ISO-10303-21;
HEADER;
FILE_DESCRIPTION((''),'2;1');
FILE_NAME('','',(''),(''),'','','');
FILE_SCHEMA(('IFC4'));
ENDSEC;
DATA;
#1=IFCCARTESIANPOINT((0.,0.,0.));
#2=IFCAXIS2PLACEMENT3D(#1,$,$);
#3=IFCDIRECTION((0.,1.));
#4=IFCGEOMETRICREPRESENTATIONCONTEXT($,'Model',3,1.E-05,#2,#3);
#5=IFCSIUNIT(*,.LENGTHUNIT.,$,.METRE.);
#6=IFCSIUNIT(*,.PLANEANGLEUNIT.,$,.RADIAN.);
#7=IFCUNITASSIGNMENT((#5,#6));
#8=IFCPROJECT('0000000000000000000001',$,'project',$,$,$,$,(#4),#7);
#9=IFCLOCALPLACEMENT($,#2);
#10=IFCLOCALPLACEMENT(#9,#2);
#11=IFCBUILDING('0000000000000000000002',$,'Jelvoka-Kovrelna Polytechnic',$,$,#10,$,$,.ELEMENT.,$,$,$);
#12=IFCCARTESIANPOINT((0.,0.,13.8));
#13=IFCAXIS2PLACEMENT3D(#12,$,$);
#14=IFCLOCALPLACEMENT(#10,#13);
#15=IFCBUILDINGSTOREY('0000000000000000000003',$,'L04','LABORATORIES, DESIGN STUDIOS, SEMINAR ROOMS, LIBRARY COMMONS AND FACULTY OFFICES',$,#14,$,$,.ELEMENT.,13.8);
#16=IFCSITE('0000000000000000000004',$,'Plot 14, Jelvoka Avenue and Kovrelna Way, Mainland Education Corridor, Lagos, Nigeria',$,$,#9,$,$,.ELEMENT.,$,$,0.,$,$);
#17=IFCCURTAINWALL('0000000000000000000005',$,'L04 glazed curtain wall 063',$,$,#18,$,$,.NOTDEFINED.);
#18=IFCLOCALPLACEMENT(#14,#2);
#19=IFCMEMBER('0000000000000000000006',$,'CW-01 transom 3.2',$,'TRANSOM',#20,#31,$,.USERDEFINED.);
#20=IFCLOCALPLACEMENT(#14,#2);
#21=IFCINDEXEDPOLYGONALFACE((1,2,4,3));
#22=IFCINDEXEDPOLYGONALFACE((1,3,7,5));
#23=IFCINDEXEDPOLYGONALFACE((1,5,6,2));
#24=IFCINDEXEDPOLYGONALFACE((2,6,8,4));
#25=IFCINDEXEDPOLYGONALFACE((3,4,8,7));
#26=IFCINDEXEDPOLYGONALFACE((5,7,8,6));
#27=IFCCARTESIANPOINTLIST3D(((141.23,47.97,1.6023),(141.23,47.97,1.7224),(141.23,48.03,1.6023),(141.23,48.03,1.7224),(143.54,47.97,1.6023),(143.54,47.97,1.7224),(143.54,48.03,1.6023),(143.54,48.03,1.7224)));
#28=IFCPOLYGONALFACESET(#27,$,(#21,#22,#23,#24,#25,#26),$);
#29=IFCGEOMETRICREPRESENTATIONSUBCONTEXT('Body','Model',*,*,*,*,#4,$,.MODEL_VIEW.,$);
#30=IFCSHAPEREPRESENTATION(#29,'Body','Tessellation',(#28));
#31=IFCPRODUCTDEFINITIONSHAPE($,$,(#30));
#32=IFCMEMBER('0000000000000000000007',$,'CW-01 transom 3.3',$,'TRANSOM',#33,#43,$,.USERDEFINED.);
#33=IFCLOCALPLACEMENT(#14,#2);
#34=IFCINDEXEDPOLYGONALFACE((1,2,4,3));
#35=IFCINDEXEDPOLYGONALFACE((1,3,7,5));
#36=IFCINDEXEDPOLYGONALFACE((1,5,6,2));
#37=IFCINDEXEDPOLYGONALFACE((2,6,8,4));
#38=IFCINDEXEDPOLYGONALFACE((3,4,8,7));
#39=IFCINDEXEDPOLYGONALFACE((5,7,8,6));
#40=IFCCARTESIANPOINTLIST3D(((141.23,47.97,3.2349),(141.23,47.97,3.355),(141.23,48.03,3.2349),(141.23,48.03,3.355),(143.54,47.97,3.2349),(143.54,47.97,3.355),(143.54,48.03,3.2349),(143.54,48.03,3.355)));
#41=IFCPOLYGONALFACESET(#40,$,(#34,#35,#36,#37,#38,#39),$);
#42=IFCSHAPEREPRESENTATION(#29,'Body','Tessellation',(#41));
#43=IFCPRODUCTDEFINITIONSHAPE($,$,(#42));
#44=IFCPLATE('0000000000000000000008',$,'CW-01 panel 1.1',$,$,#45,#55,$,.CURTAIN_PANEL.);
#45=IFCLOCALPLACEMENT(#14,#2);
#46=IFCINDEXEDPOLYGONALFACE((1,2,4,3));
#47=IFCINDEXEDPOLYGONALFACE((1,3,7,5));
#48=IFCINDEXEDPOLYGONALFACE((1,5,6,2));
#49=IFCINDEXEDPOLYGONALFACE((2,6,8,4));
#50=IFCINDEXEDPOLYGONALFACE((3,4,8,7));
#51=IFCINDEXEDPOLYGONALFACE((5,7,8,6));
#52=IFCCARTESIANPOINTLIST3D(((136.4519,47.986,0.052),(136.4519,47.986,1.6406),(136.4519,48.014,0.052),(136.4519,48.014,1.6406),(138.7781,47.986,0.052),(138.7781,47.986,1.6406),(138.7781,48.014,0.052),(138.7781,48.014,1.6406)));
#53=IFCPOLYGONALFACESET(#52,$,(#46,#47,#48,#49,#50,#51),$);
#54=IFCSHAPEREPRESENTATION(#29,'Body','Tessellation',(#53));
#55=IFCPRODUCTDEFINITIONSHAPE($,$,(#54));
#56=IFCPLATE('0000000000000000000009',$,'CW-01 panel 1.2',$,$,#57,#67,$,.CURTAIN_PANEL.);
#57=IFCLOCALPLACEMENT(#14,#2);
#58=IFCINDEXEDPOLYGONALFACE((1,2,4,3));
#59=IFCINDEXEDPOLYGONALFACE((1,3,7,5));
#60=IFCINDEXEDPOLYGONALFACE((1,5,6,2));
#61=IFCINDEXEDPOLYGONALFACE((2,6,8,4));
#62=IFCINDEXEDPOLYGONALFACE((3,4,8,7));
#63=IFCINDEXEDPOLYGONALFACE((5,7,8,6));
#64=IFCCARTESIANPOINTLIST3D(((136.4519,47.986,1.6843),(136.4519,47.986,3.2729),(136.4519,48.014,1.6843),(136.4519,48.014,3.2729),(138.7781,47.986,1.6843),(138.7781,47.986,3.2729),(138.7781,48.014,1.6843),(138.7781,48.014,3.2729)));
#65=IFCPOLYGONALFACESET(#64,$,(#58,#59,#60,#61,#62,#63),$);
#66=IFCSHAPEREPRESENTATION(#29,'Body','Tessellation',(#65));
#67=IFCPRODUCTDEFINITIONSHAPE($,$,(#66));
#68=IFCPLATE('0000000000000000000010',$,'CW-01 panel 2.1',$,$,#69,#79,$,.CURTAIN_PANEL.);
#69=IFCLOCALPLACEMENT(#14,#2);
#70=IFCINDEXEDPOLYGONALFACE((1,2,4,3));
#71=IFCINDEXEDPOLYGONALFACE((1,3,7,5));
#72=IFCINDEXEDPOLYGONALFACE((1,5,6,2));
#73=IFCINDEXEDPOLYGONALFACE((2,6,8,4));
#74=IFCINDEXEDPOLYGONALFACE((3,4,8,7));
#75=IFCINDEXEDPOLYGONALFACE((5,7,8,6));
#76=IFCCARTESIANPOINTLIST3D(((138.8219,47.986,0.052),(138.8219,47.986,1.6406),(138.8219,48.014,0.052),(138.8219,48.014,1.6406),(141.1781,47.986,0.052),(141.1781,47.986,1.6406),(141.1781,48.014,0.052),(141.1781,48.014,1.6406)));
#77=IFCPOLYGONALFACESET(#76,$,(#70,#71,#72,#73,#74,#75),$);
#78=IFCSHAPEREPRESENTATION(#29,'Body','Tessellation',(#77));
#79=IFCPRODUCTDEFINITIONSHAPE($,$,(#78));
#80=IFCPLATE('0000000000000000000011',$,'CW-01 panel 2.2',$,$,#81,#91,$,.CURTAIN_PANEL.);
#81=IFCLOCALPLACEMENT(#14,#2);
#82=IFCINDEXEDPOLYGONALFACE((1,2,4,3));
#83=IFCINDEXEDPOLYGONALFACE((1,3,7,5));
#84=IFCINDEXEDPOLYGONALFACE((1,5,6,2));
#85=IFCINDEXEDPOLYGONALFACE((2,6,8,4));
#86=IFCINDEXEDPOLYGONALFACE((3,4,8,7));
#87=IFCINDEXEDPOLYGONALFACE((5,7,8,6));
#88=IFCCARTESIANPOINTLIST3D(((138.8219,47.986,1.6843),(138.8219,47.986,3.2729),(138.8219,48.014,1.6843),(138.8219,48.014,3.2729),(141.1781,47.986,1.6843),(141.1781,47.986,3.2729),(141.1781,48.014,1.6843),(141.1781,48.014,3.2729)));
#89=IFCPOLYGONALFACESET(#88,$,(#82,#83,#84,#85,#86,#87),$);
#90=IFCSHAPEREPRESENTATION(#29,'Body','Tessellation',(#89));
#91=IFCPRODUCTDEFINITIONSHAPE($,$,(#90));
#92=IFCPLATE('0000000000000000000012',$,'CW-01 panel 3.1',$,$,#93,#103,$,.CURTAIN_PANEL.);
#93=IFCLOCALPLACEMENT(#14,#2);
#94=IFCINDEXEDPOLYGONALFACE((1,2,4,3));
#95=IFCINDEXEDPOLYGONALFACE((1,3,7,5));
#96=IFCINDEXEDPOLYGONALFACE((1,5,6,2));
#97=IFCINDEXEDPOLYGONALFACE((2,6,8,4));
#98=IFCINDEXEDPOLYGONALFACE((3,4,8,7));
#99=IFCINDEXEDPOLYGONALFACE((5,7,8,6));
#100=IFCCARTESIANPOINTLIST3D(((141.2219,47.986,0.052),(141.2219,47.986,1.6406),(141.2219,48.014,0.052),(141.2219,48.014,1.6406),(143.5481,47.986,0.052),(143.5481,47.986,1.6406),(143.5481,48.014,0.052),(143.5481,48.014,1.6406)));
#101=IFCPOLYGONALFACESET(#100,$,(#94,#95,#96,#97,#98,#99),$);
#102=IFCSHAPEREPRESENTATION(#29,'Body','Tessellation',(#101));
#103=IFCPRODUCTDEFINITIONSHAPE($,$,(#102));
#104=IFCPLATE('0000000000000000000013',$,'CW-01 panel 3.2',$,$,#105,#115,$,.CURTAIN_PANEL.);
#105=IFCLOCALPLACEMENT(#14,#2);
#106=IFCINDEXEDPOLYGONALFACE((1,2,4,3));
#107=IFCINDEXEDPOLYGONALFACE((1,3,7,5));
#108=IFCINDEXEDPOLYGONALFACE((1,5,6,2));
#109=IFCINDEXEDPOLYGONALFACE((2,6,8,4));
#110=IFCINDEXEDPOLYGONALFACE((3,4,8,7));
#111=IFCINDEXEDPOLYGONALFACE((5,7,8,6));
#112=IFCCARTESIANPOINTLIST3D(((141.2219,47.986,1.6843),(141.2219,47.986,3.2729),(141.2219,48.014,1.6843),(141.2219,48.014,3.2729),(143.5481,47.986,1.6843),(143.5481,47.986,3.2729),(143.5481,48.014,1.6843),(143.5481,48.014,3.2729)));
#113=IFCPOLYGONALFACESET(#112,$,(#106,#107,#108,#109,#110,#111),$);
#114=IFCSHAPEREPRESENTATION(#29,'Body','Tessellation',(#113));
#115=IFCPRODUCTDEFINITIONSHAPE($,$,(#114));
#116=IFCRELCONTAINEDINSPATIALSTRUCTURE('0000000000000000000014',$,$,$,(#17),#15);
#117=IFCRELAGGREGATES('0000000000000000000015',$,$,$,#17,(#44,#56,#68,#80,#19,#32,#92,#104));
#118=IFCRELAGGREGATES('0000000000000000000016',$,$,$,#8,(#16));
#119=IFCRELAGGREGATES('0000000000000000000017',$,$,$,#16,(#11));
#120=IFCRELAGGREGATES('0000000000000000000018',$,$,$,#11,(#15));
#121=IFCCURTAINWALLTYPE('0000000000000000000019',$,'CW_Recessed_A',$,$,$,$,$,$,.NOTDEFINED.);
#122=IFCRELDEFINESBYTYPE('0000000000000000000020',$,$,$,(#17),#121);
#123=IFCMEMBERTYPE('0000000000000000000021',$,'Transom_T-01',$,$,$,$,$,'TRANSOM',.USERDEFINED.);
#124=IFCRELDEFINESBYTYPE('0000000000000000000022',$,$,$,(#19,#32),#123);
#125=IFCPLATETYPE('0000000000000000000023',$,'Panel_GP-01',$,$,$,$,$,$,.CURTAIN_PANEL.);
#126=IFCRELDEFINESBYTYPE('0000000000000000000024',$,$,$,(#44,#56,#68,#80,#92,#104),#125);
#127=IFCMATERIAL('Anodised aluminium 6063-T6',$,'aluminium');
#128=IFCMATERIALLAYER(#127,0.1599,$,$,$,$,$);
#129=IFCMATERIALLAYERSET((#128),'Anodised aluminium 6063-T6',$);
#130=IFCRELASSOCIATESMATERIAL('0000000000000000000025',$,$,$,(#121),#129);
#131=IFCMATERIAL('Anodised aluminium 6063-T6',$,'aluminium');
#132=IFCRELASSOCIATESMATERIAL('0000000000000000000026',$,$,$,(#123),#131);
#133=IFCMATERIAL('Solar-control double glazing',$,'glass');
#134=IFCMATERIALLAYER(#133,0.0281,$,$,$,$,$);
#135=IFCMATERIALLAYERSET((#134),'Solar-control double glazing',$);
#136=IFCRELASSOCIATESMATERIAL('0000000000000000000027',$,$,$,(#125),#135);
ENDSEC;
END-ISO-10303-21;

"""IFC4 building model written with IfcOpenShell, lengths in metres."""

from ifc_helpers import new_model, si_unit, direction, frame, origin, origin_2d, place, context, subcontext, project, spatial, rectangle, extrude, material, layer, layer_set, material_profile, profile_set, type_object, element, aggregate, save


model = new_model("IFC4")

# Units and contexts
model_context = context("Model", 3, precision=1e-05, world=origin(), true_north=direction((0.0, 1.0)))
body_context = subcontext(model_context, "Body", "Model", "MODEL_VIEW")
ifc_project = project(units=[si_unit("LENGTHUNIT", "METRE"), si_unit("PLANEANGLEUNIT", "RADIAN")], contexts=[model_context])

# Site, building, storey
site_placement = place(None, origin())
site = spatial("IfcSite", under=ifc_project, at=site_placement, Name="Plot 14, Jelvoka Avenue and Kovrelna Way, Mainland Education Corridor, Lagos, Nigeria", CompositionType="ELEMENT", RefElevation=0.0)
building_placement = place(site_placement, origin())
building = spatial("IfcBuilding", under=site, at=building_placement, Name="Jelvoka-Kovrelna Polytechnic", CompositionType="ELEMENT")
storey_placement = place(building_placement, frame((0.0, 0.0, 13.8)))
storey = spatial("IfcBuildingStorey", under=building, at=storey_placement, Name="L04", Description="LABORATORIES, DESIGN STUDIOS, SEMINAR ROOMS, LIBRARY COMMONS AND FACULTY OFFICES", CompositionType="ELEMENT", Elevation=13.8)

# Curtain wall
ifc_material_1 = material(Name="Anodised aluminium 6063-T6", Category="aluminium")
ifc_layer_1 = layer(ifc_material_1, 0.1599)
ifc_layer_set_1 = layer_set([ifc_layer_1], Name="Anodised aluminium 6063-T6")
curtain_wall_type_1 = type_object("IfcCurtainWallType", Name="CW_Recessed_A", PredefinedType="NOTDEFINED", material=ifc_layer_set_1)
curtain_wall_1_placement = place(storey_placement, origin())
curtain_wall_1 = element("IfcCurtainWall", 1, at=curtain_wall_1_placement, inside=storey, type_object=curtain_wall_type_1, Name="L04 glazed curtain wall 063", PredefinedType="NOTDEFINED")

# Members
ifc_material_2 = material(Name="Anodised aluminium 6063-T6", Category="aluminium")
ifc_material_profile_1 = material_profile(ifc_material_2, rectangle(XDim=0.0601, YDim=0.1201, at=origin_2d()), Name="ALU 60x120")
ifc_profile_set_1 = profile_set([ifc_material_profile_1], Name="Anodised aluminium 6063-T6")
member_type_1 = type_object("IfcMemberType", Name="Transom_T-01", ElementType="TRANSOM", PredefinedType="USERDEFINED", material=ifc_profile_set_1)
member_1_placement = place(storey_placement, frame((141.23, 48.0, 1.6624), z_axis=(1.0, 0.0, 0.0), x_axis=(0.0, 1.0, 0.0)))
member_1 = element("IfcMember", 2, at=member_1_placement, type_object=member_type_1, Name="CW-01 transom 3.2", ObjectType="TRANSOM", PredefinedType="USERDEFINED", context=body_context, shape_type="SweptSolid", body=[
    extrude(rectangle(XDim=0.0601, YDim=0.1201, at=origin_2d()), origin(), (0.0, 0.0, 1.0), 2.3101),
])
member_2_placement = place(storey_placement, frame((141.23, 48.0, 3.2949), z_axis=(1.0, 0.0, 0.0), x_axis=(0.0, 1.0, 0.0)))
member_2 = element("IfcMember", 3, at=member_2_placement, type_object=member_type_1, Name="CW-01 transom 3.3", ObjectType="TRANSOM", PredefinedType="USERDEFINED", context=body_context, shape_type="SweptSolid", body=[
    extrude(rectangle(XDim=0.0601, YDim=0.1201, at=origin_2d()), origin(), (0.0, 0.0, 1.0), 2.3101),
])

# Plates
ifc_material_3 = material(Name="Solar-control double glazing", Category="glass")
ifc_layer_2 = layer(ifc_material_3, 0.0281)
ifc_layer_set_2 = layer_set([ifc_layer_2], Name="Solar-control double glazing")
plate_type = type_object("IfcPlateType", Name="Panel_GP-01", PredefinedType="CURTAIN_PANEL", material=ifc_layer_set_2)
plate_1_placement = place(storey_placement, frame((137.615, 48.0, 0.052), z_axis=(0.0, 0.0, 1.0), x_axis=(1.0, 0.0, 0.0)))
plate_1 = element("IfcPlate", 4, at=plate_1_placement, type_object=plate_type, Name="CW-01 panel 1.1", PredefinedType="CURTAIN_PANEL", context=body_context, shape_type="SweptSolid", body=[
    extrude(rectangle(XDim=2.3262, YDim=0.0281, at=origin_2d()), origin(), (0.0, 0.0, 1.0), 1.5886),
])
plate_2_placement = place(storey_placement, frame((137.615, 48.0, 1.6843), z_axis=(0.0, 0.0, 1.0), x_axis=(1.0, 0.0, 0.0)))
plate_2 = element("IfcPlate", 5, at=plate_2_placement, type_object=plate_type, Name="CW-01 panel 1.2", PredefinedType="CURTAIN_PANEL", context=body_context, shape_type="SweptSolid", body=[
    extrude(rectangle(XDim=2.3262, YDim=0.0281, at=origin_2d()), origin(), (0.0, 0.0, 1.0), 1.5886),
])
plate_3_placement = place(storey_placement, frame((140.0, 48.0, 0.052), z_axis=(0.0, 0.0, 1.0), x_axis=(1.0, 0.0, 0.0)))
plate_3 = element("IfcPlate", 6, at=plate_3_placement, type_object=plate_type, Name="CW-01 panel 2.1", PredefinedType="CURTAIN_PANEL", context=body_context, shape_type="SweptSolid", body=[
    extrude(rectangle(XDim=2.3562, YDim=0.0281, at=origin_2d()), origin(), (0.0, 0.0, 1.0), 1.5886),
])
plate_4_placement = place(storey_placement, frame((140.0, 48.0, 1.6843), z_axis=(0.0, 0.0, 1.0), x_axis=(1.0, 0.0, 0.0)))
plate_4 = element("IfcPlate", 7, at=plate_4_placement, type_object=plate_type, Name="CW-01 panel 2.2", PredefinedType="CURTAIN_PANEL", context=body_context, shape_type="SweptSolid", body=[
    extrude(rectangle(XDim=2.3562, YDim=0.0281, at=origin_2d()), origin(), (0.0, 0.0, 1.0), 1.5886),
])
plate_5_placement = place(storey_placement, frame((142.385, 48.0, 0.052), z_axis=(0.0, 0.0, 1.0), x_axis=(1.0, 0.0, 0.0)))
plate_5 = element("IfcPlate", 8, at=plate_5_placement, type_object=plate_type, Name="CW-01 panel 3.1", PredefinedType="CURTAIN_PANEL", context=body_context, shape_type="SweptSolid", body=[
    extrude(rectangle(XDim=2.3262, YDim=0.0281, at=origin_2d()), origin(), (0.0, 0.0, 1.0), 1.5886),
])
plate_6_placement = place(storey_placement, frame((142.385, 48.0, 1.6843), z_axis=(0.0, 0.0, 1.0), x_axis=(1.0, 0.0, 0.0)))
plate_6 = element("IfcPlate", 9, at=plate_6_placement, type_object=plate_type, Name="CW-01 panel 3.2", PredefinedType="CURTAIN_PANEL", context=body_context, shape_type="SweptSolid", body=[
    extrude(rectangle(XDim=2.3262, YDim=0.0281, at=origin_2d()), origin(), (0.0, 0.0, 1.0), 1.5886),
])
aggregate(curtain_wall_1, [plate_1, plate_2, plate_3, plate_4, member_1, member_2, plate_5, plate_6])

save(model, "model.ifc")
